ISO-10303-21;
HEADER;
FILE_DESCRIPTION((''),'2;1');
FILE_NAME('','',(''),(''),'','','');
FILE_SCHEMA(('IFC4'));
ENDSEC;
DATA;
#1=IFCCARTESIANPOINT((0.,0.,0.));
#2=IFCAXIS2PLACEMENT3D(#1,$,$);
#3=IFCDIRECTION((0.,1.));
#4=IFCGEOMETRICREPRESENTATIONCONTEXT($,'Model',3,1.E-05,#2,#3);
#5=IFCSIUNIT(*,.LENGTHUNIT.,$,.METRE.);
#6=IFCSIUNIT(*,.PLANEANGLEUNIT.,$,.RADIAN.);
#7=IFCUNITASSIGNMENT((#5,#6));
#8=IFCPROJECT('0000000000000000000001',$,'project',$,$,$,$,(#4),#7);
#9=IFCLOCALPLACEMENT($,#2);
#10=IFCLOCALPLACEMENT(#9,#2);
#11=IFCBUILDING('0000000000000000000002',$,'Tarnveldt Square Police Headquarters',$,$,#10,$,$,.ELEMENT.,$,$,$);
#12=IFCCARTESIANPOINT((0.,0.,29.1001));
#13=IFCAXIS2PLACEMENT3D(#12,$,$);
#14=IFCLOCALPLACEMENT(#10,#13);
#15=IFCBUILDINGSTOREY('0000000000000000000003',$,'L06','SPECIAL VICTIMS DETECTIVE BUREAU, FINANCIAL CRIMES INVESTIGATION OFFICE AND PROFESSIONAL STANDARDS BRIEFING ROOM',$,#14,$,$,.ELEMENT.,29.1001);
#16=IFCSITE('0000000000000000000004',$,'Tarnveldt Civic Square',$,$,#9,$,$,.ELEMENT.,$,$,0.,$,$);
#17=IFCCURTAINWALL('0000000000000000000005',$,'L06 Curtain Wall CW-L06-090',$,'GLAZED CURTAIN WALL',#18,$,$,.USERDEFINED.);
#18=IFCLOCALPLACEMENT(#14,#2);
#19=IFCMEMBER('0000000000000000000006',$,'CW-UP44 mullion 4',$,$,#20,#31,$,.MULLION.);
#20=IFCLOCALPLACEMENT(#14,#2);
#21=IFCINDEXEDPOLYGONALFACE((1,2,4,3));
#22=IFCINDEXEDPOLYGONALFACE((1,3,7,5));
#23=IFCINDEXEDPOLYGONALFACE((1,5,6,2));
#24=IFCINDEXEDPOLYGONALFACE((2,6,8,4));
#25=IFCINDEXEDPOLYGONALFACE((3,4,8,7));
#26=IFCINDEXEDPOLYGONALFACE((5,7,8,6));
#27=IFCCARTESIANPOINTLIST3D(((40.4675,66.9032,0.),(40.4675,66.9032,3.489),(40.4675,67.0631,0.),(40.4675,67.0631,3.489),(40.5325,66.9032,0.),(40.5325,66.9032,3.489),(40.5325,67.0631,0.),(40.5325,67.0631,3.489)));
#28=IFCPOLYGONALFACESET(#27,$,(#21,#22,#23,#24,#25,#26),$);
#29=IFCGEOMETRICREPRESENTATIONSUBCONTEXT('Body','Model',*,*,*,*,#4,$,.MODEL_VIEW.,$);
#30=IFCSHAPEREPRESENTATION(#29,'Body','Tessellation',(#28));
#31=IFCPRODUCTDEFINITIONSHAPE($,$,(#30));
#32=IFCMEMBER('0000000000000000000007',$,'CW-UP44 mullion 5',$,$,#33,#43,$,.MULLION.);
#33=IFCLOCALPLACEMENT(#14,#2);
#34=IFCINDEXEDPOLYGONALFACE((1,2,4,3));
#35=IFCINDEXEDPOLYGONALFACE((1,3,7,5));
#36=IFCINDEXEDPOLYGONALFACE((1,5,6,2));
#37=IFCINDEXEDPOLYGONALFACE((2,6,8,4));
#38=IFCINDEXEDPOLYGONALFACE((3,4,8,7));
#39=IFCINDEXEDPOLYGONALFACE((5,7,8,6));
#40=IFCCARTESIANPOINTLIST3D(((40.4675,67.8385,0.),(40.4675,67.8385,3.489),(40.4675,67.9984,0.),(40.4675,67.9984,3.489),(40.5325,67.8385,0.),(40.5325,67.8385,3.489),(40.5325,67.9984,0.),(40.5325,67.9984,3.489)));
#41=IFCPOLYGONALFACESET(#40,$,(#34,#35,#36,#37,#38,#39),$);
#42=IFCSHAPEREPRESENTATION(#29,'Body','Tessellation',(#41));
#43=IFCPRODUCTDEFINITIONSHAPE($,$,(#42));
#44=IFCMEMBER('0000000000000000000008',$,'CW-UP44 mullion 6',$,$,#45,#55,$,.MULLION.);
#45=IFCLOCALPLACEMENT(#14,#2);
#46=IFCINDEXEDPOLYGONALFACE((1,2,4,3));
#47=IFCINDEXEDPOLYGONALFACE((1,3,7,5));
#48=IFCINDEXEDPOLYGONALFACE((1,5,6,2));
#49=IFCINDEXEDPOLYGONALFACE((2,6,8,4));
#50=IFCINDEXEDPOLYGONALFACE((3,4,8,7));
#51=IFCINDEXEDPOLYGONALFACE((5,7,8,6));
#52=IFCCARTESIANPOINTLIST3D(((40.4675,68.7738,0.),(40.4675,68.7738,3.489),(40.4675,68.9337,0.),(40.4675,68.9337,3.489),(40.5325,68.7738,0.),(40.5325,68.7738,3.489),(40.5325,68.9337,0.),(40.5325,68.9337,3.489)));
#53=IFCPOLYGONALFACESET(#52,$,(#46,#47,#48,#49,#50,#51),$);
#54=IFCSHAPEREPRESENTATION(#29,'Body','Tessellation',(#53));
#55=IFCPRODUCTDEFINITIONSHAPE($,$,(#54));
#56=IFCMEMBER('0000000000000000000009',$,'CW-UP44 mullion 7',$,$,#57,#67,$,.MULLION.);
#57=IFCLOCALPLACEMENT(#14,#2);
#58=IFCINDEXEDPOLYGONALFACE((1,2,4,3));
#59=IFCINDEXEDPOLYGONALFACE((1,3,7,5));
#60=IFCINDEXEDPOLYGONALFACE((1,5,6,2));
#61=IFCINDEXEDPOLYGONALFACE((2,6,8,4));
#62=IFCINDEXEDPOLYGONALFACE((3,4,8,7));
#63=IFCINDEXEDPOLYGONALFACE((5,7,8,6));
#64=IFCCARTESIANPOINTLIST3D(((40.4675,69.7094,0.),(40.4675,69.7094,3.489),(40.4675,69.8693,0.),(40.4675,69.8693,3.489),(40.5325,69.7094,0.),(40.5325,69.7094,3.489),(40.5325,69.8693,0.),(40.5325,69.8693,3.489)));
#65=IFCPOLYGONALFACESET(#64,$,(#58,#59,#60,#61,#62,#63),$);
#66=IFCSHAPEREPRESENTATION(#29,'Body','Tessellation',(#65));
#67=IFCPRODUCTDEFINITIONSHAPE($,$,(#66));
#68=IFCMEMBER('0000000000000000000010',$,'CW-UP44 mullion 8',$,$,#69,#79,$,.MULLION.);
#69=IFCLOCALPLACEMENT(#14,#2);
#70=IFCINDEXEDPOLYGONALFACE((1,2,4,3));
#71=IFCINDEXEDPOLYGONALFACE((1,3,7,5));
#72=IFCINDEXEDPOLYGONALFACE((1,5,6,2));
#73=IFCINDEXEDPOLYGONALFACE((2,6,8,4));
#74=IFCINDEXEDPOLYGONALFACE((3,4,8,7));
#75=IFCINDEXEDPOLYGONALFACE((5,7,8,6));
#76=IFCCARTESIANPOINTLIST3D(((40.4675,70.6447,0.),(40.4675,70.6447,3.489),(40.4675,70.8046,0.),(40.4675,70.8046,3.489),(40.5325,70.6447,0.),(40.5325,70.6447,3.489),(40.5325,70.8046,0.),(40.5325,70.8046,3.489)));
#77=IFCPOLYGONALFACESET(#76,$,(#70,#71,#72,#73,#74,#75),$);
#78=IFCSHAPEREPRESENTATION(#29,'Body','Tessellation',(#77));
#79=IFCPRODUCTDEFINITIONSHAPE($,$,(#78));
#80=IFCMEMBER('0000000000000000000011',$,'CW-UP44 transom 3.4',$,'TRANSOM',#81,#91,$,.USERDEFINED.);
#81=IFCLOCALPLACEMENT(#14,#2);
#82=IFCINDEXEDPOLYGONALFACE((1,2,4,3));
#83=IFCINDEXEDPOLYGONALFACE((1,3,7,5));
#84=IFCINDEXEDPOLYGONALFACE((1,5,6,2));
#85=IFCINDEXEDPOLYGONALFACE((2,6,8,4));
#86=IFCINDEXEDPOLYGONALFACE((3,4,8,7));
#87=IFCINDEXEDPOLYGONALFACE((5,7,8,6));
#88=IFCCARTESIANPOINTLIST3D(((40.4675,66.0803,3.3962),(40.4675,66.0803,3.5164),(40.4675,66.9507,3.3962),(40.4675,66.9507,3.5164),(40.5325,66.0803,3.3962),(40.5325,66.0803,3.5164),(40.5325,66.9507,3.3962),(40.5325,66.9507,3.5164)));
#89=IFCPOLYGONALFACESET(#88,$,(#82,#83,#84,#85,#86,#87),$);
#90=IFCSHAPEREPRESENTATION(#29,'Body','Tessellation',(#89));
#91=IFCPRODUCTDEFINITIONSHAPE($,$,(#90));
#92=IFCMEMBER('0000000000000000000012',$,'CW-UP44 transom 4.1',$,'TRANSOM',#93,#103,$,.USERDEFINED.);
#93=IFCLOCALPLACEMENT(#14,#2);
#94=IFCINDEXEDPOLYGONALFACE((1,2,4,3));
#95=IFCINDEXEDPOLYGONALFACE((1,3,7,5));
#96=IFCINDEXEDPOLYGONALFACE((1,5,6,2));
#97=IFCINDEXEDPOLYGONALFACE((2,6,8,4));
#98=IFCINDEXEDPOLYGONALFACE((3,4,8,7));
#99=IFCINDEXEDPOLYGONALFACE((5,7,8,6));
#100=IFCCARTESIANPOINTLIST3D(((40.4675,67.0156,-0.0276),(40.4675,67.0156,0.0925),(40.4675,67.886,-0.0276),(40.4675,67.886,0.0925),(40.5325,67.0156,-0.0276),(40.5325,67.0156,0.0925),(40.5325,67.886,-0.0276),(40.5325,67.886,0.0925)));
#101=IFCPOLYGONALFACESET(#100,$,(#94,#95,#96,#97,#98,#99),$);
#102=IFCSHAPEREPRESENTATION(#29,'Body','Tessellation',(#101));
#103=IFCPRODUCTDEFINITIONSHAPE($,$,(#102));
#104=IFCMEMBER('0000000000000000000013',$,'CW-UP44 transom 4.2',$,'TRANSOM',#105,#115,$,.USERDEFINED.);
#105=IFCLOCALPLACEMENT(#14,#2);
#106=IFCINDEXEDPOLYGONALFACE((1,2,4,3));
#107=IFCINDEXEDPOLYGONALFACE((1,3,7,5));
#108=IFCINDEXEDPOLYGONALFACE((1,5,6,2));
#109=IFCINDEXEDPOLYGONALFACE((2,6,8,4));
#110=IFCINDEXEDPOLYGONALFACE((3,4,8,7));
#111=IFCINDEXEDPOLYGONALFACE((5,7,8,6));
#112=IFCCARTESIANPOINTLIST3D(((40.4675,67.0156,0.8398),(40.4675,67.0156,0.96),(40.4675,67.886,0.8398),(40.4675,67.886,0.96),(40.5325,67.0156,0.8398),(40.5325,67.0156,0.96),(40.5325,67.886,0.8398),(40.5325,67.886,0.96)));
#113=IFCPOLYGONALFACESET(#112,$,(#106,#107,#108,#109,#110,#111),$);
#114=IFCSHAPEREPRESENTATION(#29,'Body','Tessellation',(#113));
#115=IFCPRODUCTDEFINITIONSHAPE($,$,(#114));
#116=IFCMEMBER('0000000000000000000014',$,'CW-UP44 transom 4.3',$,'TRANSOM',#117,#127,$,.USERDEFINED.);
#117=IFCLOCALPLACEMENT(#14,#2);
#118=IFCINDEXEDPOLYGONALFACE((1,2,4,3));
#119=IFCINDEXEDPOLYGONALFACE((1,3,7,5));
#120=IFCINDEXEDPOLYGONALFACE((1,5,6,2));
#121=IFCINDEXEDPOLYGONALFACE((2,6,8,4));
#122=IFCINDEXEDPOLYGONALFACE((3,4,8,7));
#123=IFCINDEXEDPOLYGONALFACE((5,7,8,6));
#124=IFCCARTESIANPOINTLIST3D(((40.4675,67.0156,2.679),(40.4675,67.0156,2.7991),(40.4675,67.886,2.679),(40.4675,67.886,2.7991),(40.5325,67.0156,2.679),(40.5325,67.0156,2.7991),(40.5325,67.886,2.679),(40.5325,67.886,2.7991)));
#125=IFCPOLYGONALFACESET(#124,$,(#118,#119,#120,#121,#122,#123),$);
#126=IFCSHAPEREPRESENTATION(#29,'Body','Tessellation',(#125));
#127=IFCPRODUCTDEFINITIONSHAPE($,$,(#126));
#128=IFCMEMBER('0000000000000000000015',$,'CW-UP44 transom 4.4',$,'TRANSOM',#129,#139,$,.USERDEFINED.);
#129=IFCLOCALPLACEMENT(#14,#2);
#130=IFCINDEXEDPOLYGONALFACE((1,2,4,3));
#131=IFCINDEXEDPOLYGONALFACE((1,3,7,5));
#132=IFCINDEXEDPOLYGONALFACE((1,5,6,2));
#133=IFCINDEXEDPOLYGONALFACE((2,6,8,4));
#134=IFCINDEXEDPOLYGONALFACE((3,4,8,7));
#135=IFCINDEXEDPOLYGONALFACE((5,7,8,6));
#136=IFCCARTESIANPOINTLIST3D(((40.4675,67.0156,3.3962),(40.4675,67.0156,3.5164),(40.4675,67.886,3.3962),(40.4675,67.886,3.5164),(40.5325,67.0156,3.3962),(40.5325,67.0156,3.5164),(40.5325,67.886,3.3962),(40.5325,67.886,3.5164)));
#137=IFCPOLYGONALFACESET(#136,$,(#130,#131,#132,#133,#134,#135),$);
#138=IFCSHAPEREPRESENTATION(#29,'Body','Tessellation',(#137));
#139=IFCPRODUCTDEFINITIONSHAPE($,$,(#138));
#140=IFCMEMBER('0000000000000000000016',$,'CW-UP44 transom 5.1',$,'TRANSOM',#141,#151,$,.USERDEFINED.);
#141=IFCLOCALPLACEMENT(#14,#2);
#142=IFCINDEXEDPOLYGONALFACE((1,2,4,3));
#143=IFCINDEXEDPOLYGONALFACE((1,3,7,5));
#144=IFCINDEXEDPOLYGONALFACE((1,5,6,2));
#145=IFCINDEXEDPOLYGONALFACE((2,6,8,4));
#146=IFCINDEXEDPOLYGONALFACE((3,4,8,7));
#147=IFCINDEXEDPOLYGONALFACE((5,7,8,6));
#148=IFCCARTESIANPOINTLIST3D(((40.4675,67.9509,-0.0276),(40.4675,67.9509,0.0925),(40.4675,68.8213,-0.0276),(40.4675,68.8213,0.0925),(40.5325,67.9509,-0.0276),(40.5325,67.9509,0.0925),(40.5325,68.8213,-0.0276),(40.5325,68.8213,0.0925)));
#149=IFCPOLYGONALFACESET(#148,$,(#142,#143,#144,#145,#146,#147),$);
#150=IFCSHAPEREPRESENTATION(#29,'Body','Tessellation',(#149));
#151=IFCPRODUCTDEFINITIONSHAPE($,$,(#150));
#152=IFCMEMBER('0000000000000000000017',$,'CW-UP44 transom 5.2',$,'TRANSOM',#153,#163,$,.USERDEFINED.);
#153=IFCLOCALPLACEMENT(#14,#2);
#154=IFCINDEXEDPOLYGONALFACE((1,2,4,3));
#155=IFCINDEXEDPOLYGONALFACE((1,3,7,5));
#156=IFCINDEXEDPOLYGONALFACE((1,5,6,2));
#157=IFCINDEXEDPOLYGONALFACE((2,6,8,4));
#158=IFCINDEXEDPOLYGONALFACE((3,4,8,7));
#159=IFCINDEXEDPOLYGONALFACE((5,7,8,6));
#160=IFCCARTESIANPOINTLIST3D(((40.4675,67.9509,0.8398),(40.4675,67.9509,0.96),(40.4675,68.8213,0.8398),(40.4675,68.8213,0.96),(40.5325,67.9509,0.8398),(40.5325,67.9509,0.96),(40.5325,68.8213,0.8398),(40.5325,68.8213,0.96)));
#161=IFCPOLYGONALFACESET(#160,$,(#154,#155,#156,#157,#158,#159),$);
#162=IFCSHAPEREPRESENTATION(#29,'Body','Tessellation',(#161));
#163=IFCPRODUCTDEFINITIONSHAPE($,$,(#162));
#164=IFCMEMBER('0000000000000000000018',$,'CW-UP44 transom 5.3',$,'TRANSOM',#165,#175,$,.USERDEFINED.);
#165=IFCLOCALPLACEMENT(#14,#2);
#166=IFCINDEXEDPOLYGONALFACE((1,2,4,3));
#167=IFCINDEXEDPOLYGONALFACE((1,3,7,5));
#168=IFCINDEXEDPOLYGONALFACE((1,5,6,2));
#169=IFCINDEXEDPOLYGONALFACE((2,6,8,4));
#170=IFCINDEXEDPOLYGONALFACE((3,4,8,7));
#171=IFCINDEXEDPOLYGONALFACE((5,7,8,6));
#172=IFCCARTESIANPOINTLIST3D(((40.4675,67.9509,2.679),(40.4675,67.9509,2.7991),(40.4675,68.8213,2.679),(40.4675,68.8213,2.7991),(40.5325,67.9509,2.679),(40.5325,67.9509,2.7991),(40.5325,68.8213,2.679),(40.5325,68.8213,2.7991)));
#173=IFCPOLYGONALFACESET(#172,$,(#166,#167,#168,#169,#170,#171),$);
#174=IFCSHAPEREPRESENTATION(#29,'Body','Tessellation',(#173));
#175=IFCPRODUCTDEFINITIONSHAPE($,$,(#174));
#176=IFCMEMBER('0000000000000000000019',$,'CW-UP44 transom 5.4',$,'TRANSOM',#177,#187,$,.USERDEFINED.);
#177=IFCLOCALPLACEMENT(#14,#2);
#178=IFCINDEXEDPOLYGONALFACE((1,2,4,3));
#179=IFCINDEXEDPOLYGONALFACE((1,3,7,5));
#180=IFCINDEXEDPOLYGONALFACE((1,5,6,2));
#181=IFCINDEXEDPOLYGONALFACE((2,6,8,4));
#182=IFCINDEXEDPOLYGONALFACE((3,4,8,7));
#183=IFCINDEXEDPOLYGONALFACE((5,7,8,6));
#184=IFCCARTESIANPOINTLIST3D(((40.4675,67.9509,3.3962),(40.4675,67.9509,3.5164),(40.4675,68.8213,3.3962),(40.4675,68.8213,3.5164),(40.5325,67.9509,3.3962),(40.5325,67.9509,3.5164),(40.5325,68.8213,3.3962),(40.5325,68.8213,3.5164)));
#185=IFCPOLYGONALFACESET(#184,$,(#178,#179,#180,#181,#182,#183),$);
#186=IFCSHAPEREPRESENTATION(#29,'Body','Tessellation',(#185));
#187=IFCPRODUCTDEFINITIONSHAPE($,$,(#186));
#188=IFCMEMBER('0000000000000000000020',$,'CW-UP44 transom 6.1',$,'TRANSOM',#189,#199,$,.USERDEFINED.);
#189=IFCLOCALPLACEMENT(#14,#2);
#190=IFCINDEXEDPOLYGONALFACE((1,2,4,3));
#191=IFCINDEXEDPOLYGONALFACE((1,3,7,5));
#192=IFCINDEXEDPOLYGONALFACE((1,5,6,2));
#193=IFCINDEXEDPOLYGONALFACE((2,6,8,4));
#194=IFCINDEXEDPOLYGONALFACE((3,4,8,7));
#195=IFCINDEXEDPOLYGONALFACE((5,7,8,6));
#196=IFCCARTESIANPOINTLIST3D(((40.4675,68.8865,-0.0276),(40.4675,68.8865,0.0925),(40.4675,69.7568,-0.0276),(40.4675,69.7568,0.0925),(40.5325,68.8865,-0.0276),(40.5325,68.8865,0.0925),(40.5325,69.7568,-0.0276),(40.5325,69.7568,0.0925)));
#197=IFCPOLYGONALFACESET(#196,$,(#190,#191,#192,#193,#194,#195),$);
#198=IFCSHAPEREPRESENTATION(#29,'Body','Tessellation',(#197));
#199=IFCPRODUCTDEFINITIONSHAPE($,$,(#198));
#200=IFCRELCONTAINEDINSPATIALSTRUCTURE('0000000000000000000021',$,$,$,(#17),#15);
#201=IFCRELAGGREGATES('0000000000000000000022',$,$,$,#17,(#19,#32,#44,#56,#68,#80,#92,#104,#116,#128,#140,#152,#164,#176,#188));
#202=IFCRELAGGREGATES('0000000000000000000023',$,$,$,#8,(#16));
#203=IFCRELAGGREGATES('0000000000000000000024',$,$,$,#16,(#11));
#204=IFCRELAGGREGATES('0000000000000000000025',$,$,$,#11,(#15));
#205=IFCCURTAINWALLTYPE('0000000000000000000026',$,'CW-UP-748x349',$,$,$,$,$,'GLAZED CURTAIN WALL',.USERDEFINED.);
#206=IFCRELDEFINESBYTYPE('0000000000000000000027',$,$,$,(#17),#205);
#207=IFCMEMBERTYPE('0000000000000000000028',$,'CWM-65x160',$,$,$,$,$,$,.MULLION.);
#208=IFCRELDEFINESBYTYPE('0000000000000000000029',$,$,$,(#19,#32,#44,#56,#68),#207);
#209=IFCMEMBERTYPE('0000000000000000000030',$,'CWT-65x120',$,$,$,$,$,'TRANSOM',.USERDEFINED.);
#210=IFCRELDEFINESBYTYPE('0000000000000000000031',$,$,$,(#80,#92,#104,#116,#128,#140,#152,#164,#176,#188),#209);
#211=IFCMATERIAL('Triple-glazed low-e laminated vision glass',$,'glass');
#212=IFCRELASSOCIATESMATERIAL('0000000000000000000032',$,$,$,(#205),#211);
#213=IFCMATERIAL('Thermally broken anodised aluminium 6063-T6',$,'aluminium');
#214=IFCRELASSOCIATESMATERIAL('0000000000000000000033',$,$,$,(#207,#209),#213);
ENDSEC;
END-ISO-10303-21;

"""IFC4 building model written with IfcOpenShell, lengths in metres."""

from ifc_helpers import new_model, si_unit, direction, frame, origin, origin_2d, place, context, subcontext, project, spatial, rectangle, extrude, material, material_profile, profile_set, type_object, element, aggregate, save


model = new_model("IFC4")

# Units and contexts
model_context = context("Model", 3, precision=1e-05, world=origin(), true_north=direction((0.0, 1.0)))
body_context = subcontext(model_context, "Body", "Model", "MODEL_VIEW")
ifc_project = project(units=[si_unit("LENGTHUNIT", "METRE"), si_unit("PLANEANGLEUNIT", "RADIAN")], contexts=[model_context])

# Site, building, storey
site_placement = place(None, origin())
site = spatial("IfcSite", under=ifc_project, at=site_placement, Name="Tarnveldt Civic Square", CompositionType="ELEMENT", RefElevation=0.0)
building_placement = place(site_placement, origin())
building = spatial("IfcBuilding", under=site, at=building_placement, Name="Tarnveldt Square Police Headquarters", CompositionType="ELEMENT")
storey_placement = place(building_placement, frame((0.0, 0.0, 29.1001)))
storey = spatial("IfcBuildingStorey", under=building, at=storey_placement, Name="L06", Description="SPECIAL VICTIMS DETECTIVE BUREAU, FINANCIAL CRIMES INVESTIGATION OFFICE AND PROFESSIONAL STANDARDS BRIEFING ROOM", CompositionType="ELEMENT", Elevation=29.1001)

# Curtain wall, members
ifc_material_1 = material(Name="Triple-glazed low-e laminated vision glass", Category="glass")
curtain_wall_type = type_object("IfcCurtainWallType", Name="CW-UP-748x349", ElementType="GLAZED CURTAIN WALL", PredefinedType="USERDEFINED", material=ifc_material_1)
curtain_wall_placement = place(storey_placement, origin())
curtain_wall = element("IfcCurtainWall", 1, at=curtain_wall_placement, inside=storey, type_object=curtain_wall_type, Name="L06 Curtain Wall CW-L06-090", ObjectType="GLAZED CURTAIN WALL", PredefinedType="USERDEFINED")
ifc_material_2 = material(Name="Thermally broken anodised aluminium 6063-T6", Category="aluminium")
ifc_material_profile_1 = material_profile(ifc_material_2, rectangle(XDim=0.0649, YDim=0.1599, at=origin_2d()), Name="CW-M65x160")
ifc_profile_set_1 = profile_set([ifc_material_profile_1], Name="Thermally broken anodised aluminium 6063-T6")
member_type_1 = type_object("IfcMemberType", Name="CWM-65x160", PredefinedType="MULLION", material=ifc_profile_set_1)
member_1_placement = place(storey_placement, frame((40.5, 66.9832, 0.0), z_axis=(0.0, 0.0, 1.0), x_axis=(-1.0, 0.0, 0.0)))
member_1 = element("IfcMember", 2, at=member_1_placement, type_object=member_type_1, Name="CW-UP44 mullion 4", PredefinedType="MULLION", context=body_context, shape_type="SweptSolid", body=[
    extrude(rectangle(XDim=0.0649, YDim=0.1599, at=origin_2d()), origin(), (0.0, 0.0, 1.0), 3.489),
])
member_2_placement = place(storey_placement, frame((40.5, 67.9185, 0.0), z_axis=(0.0, 0.0, 1.0), x_axis=(-1.0, 0.0, 0.0)))
member_2 = element("IfcMember", 3, at=member_2_placement, type_object=member_type_1, Name="CW-UP44 mullion 5", PredefinedType="MULLION", context=body_context, shape_type="SweptSolid", body=[
    extrude(rectangle(XDim=0.0649, YDim=0.1599, at=origin_2d()), origin(), (0.0, 0.0, 1.0), 3.489),
])
member_3_placement = place(storey_placement, frame((40.5, 68.8538, 0.0), z_axis=(0.0, 0.0, 1.0), x_axis=(-1.0, 0.0, 0.0)))
member_3 = element("IfcMember", 4, at=member_3_placement, type_object=member_type_1, Name="CW-UP44 mullion 6", PredefinedType="MULLION", context=body_context, shape_type="SweptSolid", body=[
    extrude(rectangle(XDim=0.0649, YDim=0.1599, at=origin_2d()), origin(), (0.0, 0.0, 1.0), 3.489),
])
member_4_placement = place(storey_placement, frame((40.5, 69.7893, 0.0), z_axis=(0.0, 0.0, 1.0), x_axis=(-1.0, 0.0, 0.0)))
member_4 = element("IfcMember", 5, at=member_4_placement, type_object=member_type_1, Name="CW-UP44 mullion 7", PredefinedType="MULLION", context=body_context, shape_type="SweptSolid", body=[
    extrude(rectangle(XDim=0.0649, YDim=0.1599, at=origin_2d()), origin(), (0.0, 0.0, 1.0), 3.489),
])
member_5_placement = place(storey_placement, frame((40.5, 70.7246, 0.0), z_axis=(0.0, 0.0, 1.0), x_axis=(-1.0, 0.0, 0.0)))
member_5 = element("IfcMember", 6, at=member_5_placement, type_object=member_type_1, Name="CW-UP44 mullion 8", PredefinedType="MULLION", context=body_context, shape_type="SweptSolid", body=[
    extrude(rectangle(XDim=0.0649, YDim=0.1599, at=origin_2d()), origin(), (0.0, 0.0, 1.0), 3.489),
])
ifc_material_profile_2 = material_profile(ifc_material_2, rectangle(XDim=0.0649, YDim=0.1201, at=origin_2d()), Name="CW-T65x120")
ifc_profile_set_2 = profile_set([ifc_material_profile_2], Name="Thermally broken anodised aluminium 6063-T6")
member_type_2 = type_object("IfcMemberType", Name="CWT-65x120", ElementType="TRANSOM", PredefinedType="USERDEFINED", material=ifc_profile_set_2)
member_6_placement = place(storey_placement, frame((40.5, 66.0803, 3.4563), z_axis=(0.0, 1.0, 0.0), x_axis=(-1.0, 0.0, 0.0)))
member_6 = element("IfcMember", 7, at=member_6_placement, type_object=member_type_2, Name="CW-UP44 transom 3.4", ObjectType="TRANSOM", PredefinedType="USERDEFINED", context=body_context, shape_type="SweptSolid", body=[
    extrude(rectangle(XDim=0.0649, YDim=0.1201, at=origin_2d()), origin(), (0.0, 0.0, 1.0), 0.8704),
])
member_7_placement = place(storey_placement, frame((40.5, 67.0156, 0.0325), z_axis=(0.0, 1.0, 0.0), x_axis=(-1.0, 0.0, 0.0)))
member_7 = element("IfcMember", 8, at=member_7_placement, type_object=member_type_2, Name="CW-UP44 transom 4.1", ObjectType="TRANSOM", PredefinedType="USERDEFINED", context=body_context, shape_type="SweptSolid", body=[
    extrude(rectangle(XDim=0.0649, YDim=0.1201, at=origin_2d()), origin(), (0.0, 0.0, 1.0), 0.8704),
])
member_8_placement = place(storey_placement, frame((40.5, 67.0156, 0.8999), z_axis=(0.0, 1.0, 0.0), x_axis=(-1.0, 0.0, 0.0)))
member_8 = element("IfcMember", 9, at=member_8_placement, type_object=member_type_2, Name="CW-UP44 transom 4.2", ObjectType="TRANSOM", PredefinedType="USERDEFINED", context=body_context, shape_type="SweptSolid", body=[
    extrude(rectangle(XDim=0.0649, YDim=0.1201, at=origin_2d()), origin(), (0.0, 0.0, 1.0), 0.8704),
])
member_9_placement = place(storey_placement, frame((40.5, 67.0156, 2.739), z_axis=(0.0, 1.0, 0.0), x_axis=(-1.0, 0.0, 0.0)))
member_9 = element("IfcMember", 10, at=member_9_placement, type_object=member_type_2, Name="CW-UP44 transom 4.3", ObjectType="TRANSOM", PredefinedType="USERDEFINED", context=body_context, shape_type="SweptSolid", body=[
    extrude(rectangle(XDim=0.0649, YDim=0.1201, at=origin_2d()), origin(), (0.0, 0.0, 1.0), 0.8704),
])
member_10_placement = place(storey_placement, frame((40.5, 67.0156, 3.4563), z_axis=(0.0, 1.0, 0.0), x_axis=(-1.0, 0.0, 0.0)))
member_10 = element("IfcMember", 11, at=member_10_placement, type_object=member_type_2, Name="CW-UP44 transom 4.4", ObjectType="TRANSOM", PredefinedType="USERDEFINED", context=body_context, shape_type="SweptSolid", body=[
    extrude(rectangle(XDim=0.0649, YDim=0.1201, at=origin_2d()), origin(), (0.0, 0.0, 1.0), 0.8704),
])
member_11_placement = place(storey_placement, frame((40.5, 67.9509, 0.0325), z_axis=(0.0, 1.0, 0.0), x_axis=(-1.0, 0.0, 0.0)))
member_11 = element("IfcMember", 12, at=member_11_placement, type_object=member_type_2, Name="CW-UP44 transom 5.1", ObjectType="TRANSOM", PredefinedType="USERDEFINED", context=body_context, shape_type="SweptSolid", body=[
    extrude(rectangle(XDim=0.0649, YDim=0.1201, at=origin_2d()), origin(), (0.0, 0.0, 1.0), 0.8704),
])
member_12_placement = place(storey_placement, frame((40.5, 67.9509, 0.8999), z_axis=(0.0, 1.0, 0.0), x_axis=(-1.0, 0.0, 0.0)))
member_12 = element("IfcMember", 13, at=member_12_placement, type_object=member_type_2, Name="CW-UP44 transom 5.2", ObjectType="TRANSOM", PredefinedType="USERDEFINED", context=body_context, shape_type="SweptSolid", body=[
    extrude(rectangle(XDim=0.0649, YDim=0.1201, at=origin_2d()), origin(), (0.0, 0.0, 1.0), 0.8704),
])
member_13_placement = place(storey_placement, frame((40.5, 67.9509, 2.739), z_axis=(0.0, 1.0, 0.0), x_axis=(-1.0, 0.0, 0.0)))
member_13 = element("IfcMember", 14, at=member_13_placement, type_object=member_type_2, Name="CW-UP44 transom 5.3", ObjectType="TRANSOM", PredefinedType="USERDEFINED", context=body_context, shape_type="SweptSolid", body=[
    extrude(rectangle(XDim=0.0649, YDim=0.1201, at=origin_2d()), origin(), (0.0, 0.0, 1.0), 0.8704),
])
member_14_placement = place(storey_placement, frame((40.5, 67.9509, 3.4563), z_axis=(0.0, 1.0, 0.0), x_axis=(-1.0, 0.0, 0.0)))
member_14 = element("IfcMember", 15, at=member_14_placement, type_object=member_type_2, Name="CW-UP44 transom 5.4", ObjectType="TRANSOM", PredefinedType="USERDEFINED", context=body_context, shape_type="SweptSolid", body=[
    extrude(rectangle(XDim=0.0649, YDim=0.1201, at=origin_2d()), origin(), (0.0, 0.0, 1.0), 0.8704),
])
member_15_placement = place(storey_placement, frame((40.5, 68.8865, 0.0325), z_axis=(0.0, 1.0, 0.0), x_axis=(-1.0, 0.0, 0.0)))
member_15 = element("IfcMember", 16, at=member_15_placement, type_object=member_type_2, Name="CW-UP44 transom 6.1", ObjectType="TRANSOM", PredefinedType="USERDEFINED", context=body_context, shape_type="SweptSolid", body=[
    extrude(rectangle(XDim=0.0649, YDim=0.1201, at=origin_2d()), origin(), (0.0, 0.0, 1.0), 0.8704),
])
aggregate(curtain_wall, [member_1, member_2, member_3, member_4, member_5, member_6, member_7, member_8, member_9, member_10, member_11, member_12, member_13, member_14, member_15])

save(model, "model.ifc")
